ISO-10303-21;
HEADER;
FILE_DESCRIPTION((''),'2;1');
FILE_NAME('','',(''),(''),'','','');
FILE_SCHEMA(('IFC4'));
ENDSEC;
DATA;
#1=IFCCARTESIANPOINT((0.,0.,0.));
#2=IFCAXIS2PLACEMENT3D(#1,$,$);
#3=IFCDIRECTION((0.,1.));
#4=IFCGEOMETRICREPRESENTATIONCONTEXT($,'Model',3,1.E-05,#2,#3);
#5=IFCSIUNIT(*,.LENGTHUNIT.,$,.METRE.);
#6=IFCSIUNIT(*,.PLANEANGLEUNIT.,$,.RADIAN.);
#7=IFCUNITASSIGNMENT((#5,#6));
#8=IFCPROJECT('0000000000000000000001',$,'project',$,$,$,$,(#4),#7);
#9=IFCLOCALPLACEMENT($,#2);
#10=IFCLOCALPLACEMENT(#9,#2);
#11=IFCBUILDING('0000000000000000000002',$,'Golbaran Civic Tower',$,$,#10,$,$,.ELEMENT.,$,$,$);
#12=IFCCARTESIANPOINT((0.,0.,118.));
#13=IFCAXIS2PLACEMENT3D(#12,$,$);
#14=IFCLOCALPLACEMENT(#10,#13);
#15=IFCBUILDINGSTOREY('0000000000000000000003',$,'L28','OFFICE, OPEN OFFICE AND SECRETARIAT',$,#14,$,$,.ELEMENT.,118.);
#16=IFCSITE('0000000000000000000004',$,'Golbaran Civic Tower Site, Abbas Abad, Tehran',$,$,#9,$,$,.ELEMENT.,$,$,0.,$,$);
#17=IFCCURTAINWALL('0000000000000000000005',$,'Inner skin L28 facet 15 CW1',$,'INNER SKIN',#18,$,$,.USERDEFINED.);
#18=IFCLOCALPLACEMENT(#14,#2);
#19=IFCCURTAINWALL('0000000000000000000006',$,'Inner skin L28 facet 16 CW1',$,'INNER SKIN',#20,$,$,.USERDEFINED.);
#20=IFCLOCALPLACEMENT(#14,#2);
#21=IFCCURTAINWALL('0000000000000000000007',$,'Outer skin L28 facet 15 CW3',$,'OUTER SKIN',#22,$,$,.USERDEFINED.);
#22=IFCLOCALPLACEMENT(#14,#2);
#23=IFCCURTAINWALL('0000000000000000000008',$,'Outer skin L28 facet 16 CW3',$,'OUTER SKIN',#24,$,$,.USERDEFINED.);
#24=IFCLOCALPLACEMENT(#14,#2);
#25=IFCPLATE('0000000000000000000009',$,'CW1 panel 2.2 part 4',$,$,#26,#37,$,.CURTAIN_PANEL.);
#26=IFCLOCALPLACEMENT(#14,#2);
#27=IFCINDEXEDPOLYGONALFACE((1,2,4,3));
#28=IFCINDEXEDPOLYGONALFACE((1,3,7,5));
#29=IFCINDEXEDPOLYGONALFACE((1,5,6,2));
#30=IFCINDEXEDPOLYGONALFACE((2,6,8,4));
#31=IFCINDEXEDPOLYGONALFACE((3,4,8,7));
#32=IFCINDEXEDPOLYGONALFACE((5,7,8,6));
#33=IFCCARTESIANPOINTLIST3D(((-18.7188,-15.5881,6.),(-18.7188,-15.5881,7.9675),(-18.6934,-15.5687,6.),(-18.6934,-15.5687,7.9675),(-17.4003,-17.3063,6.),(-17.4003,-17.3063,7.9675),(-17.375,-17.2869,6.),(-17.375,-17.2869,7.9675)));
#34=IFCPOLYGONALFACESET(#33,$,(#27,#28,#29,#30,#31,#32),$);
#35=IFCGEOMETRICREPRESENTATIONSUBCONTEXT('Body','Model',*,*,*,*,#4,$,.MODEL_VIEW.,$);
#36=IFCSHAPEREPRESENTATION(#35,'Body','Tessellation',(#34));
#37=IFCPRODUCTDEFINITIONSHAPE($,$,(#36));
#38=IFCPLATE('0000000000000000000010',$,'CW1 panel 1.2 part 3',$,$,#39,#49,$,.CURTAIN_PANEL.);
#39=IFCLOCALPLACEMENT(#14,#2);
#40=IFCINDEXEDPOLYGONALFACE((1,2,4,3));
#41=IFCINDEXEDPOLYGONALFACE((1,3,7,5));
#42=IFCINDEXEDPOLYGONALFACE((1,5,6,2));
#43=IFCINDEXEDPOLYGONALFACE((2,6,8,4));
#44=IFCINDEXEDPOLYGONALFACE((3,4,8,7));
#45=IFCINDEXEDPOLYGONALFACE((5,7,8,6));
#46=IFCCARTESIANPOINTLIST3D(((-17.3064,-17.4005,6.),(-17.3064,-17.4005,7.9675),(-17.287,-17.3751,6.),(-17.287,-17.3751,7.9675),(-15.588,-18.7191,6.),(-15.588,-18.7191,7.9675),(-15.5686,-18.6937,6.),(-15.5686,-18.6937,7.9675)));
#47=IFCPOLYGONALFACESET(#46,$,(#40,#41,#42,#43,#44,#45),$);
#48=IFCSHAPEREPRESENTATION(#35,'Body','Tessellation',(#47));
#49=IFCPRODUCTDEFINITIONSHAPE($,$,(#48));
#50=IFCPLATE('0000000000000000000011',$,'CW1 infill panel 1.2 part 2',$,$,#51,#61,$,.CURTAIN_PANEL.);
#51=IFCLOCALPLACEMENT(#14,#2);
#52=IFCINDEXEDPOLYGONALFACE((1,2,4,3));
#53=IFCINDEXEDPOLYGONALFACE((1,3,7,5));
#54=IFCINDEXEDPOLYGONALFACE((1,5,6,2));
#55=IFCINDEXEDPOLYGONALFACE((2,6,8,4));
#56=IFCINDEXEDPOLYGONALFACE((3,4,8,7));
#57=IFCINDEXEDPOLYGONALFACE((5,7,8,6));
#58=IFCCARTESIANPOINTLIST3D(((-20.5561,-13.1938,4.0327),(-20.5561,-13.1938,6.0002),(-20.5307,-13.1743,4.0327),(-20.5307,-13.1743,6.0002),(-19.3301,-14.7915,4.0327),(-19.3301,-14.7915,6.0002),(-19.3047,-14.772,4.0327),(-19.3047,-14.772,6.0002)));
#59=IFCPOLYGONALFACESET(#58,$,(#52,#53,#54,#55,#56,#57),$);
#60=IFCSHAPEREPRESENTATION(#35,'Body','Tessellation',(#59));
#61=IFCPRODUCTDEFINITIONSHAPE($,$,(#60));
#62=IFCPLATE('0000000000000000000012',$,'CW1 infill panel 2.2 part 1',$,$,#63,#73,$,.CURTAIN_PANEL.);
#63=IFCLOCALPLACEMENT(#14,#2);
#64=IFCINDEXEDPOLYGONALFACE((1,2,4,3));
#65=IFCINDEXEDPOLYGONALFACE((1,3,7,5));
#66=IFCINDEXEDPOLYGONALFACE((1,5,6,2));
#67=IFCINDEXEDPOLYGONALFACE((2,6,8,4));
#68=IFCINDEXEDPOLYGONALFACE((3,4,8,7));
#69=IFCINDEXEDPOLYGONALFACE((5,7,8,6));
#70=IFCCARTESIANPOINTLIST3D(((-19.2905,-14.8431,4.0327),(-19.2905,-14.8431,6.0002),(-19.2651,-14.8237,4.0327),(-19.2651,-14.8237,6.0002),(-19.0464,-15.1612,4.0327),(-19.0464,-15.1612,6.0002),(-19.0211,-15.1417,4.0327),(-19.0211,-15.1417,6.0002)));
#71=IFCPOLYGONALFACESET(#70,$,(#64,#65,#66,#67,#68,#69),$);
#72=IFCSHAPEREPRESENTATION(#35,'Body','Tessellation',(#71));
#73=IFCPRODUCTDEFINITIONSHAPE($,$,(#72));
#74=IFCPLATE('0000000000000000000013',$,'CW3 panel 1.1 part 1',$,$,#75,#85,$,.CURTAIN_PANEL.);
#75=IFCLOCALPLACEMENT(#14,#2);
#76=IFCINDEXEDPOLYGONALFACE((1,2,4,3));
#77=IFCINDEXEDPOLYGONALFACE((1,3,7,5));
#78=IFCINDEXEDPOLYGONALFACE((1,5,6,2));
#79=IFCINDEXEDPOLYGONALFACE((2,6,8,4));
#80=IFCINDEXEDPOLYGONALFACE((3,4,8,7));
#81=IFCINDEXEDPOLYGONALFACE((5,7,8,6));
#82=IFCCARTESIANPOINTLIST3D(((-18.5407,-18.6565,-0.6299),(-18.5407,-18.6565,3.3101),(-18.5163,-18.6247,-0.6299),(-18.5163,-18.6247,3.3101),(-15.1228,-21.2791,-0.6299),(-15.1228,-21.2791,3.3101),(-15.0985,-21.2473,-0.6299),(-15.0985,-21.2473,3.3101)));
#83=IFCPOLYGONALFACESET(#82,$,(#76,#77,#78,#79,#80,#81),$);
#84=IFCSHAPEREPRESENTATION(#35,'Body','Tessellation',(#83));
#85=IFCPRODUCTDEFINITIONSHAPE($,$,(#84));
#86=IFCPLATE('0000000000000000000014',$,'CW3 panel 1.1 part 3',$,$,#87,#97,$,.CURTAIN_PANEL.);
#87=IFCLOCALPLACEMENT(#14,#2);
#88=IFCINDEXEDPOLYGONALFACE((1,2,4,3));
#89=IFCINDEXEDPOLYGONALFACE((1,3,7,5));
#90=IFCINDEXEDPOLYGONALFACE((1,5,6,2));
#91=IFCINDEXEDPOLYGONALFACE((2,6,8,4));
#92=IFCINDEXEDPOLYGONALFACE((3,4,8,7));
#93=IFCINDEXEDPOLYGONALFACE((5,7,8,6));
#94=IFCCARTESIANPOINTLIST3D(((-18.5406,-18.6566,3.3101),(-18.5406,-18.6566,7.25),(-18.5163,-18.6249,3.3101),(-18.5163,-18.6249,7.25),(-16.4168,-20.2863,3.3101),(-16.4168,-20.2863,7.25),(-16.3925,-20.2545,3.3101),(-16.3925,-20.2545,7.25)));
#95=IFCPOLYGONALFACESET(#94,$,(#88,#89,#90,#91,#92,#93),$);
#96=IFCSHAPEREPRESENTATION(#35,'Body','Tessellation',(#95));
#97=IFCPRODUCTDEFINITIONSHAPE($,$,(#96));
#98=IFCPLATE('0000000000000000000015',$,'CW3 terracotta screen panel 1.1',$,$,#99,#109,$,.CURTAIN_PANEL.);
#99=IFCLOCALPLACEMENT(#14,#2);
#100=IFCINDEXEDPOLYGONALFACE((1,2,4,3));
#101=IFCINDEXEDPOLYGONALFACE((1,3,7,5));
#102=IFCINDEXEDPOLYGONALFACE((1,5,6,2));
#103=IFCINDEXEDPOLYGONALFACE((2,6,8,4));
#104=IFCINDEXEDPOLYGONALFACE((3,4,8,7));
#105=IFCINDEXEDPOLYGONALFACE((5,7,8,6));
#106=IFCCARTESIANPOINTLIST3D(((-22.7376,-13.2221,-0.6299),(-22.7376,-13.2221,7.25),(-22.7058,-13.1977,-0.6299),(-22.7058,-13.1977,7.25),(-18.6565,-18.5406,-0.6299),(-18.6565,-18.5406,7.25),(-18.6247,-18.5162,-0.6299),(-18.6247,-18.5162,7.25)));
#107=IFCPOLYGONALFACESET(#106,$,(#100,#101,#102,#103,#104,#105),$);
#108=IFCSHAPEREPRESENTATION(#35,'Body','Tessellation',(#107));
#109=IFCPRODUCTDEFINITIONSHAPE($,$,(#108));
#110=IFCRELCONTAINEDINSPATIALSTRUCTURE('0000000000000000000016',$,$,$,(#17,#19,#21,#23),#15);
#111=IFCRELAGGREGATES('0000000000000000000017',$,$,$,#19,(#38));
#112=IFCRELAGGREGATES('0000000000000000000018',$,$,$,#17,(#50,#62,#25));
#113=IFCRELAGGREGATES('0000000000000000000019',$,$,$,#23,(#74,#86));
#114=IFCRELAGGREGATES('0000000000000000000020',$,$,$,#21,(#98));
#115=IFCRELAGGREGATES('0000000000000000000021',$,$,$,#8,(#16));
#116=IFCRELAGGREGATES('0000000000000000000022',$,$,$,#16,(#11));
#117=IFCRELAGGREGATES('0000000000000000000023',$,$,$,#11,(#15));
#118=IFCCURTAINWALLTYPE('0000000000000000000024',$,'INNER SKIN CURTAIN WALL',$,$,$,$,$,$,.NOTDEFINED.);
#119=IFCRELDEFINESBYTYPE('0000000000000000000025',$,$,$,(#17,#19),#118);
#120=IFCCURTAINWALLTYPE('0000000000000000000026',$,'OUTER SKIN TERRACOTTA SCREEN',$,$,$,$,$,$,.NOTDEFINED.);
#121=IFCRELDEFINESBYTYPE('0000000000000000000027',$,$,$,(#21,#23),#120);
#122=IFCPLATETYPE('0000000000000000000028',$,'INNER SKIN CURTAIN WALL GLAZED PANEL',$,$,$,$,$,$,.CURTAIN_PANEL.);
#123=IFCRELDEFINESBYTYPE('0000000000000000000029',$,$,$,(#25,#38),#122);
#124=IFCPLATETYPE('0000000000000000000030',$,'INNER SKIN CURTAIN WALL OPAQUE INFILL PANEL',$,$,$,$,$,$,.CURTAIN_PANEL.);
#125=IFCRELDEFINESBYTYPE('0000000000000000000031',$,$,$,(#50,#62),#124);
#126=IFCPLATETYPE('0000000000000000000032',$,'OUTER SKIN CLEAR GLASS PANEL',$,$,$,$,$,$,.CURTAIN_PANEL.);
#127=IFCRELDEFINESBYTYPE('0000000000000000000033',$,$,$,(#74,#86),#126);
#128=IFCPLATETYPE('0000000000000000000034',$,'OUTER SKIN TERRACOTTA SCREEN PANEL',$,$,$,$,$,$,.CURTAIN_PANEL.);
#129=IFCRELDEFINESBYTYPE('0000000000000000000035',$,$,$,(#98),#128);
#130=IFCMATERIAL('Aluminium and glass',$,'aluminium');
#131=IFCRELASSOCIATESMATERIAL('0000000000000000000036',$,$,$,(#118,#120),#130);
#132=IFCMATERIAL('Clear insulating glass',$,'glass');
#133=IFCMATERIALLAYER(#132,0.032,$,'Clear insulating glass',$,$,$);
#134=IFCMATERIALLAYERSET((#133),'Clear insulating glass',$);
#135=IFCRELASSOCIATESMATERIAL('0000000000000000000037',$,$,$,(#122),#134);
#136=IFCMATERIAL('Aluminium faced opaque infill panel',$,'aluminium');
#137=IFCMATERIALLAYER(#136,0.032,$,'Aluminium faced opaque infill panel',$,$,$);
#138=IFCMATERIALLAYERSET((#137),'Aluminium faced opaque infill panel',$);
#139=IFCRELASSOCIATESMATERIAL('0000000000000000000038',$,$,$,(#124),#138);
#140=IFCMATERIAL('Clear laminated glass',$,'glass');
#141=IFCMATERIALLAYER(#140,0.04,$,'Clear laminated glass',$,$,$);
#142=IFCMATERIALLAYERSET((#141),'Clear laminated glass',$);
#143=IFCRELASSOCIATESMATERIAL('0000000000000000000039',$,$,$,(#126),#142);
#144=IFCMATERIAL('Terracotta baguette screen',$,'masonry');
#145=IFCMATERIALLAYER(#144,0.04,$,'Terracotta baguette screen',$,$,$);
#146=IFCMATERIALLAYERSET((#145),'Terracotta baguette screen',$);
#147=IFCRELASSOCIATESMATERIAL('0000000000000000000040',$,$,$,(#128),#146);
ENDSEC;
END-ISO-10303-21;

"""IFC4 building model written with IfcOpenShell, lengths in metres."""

from ifc_helpers import new_model, si_unit, direction, frame, origin, origin_2d, place, context, subcontext, project, spatial, rectangle, extrude, material, layer, layer_set, type_object, element, aggregate, save


model = new_model("IFC4")

# Units and contexts
model_context = context("Model", 3, precision=1e-05, world=origin(), true_north=direction((0.0, 1.0)))
body_context = subcontext(model_context, "Body", "Model", "MODEL_VIEW")
ifc_project = project(units=[si_unit("LENGTHUNIT", "METRE"), si_unit("PLANEANGLEUNIT", "RADIAN")], contexts=[model_context])

# Site, building, storey
site_placement = place(None, origin())
site = spatial("IfcSite", under=ifc_project, at=site_placement, Name="Golbaran Civic Tower Site, Abbas Abad, Tehran", CompositionType="ELEMENT", RefElevation=0.0)
building_placement = place(site_placement, origin())
building = spatial("IfcBuilding", under=site, at=building_placement, Name="Golbaran Civic Tower", CompositionType="ELEMENT")
storey_placement = place(building_placement, frame((0.0, 0.0, 118.0)))
storey = spatial("IfcBuildingStorey", under=building, at=storey_placement, Name="L28", Description="OFFICE, OPEN OFFICE AND SECRETARIAT", CompositionType="ELEMENT", Elevation=118.0)

# Curtain wall
ifc_material_1 = material(Name="Aluminium and glass", Category="aluminium")
curtain_wall_type_1 = type_object("IfcCurtainWallType", Name="INNER SKIN CURTAIN WALL", PredefinedType="NOTDEFINED", material=ifc_material_1)
curtain_wall_1_placement = place(storey_placement, origin())
curtain_wall_1 = element("IfcCurtainWall", 1, at=curtain_wall_1_placement, inside=storey, type_object=curtain_wall_type_1, Name="Inner skin L28 facet 15 CW1", ObjectType="INNER SKIN", PredefinedType="USERDEFINED")

# Curtain wall
curtain_wall_2_placement = place(storey_placement, origin())
curtain_wall_2 = element("IfcCurtainWall", 2, at=curtain_wall_2_placement, inside=storey, type_object=curtain_wall_type_1, Name="Inner skin L28 facet 16 CW1", ObjectType="INNER SKIN", PredefinedType="USERDEFINED")

# Curtain wall
curtain_wall_type_2 = type_object("IfcCurtainWallType", Name="OUTER SKIN TERRACOTTA SCREEN", PredefinedType="NOTDEFINED", material=ifc_material_1)
curtain_wall_3_placement = place(storey_placement, origin())
curtain_wall_3 = element("IfcCurtainWall", 3, at=curtain_wall_3_placement, inside=storey, type_object=curtain_wall_type_2, Name="Outer skin L28 facet 15 CW3", ObjectType="OUTER SKIN", PredefinedType="USERDEFINED")

# Curtain wall
curtain_wall_4_placement = place(storey_placement, origin())
curtain_wall_4 = element("IfcCurtainWall", 4, at=curtain_wall_4_placement, inside=storey, type_object=curtain_wall_type_2, Name="Outer skin L28 facet 16 CW3", ObjectType="OUTER SKIN", PredefinedType="USERDEFINED")

# Plates
ifc_material_2 = material(Name="Clear insulating glass", Category="glass")
ifc_layer_1 = layer(ifc_material_2, 0.032, Name="Clear insulating glass")
ifc_layer_set_1 = layer_set([ifc_layer_1], Name="Clear insulating glass")
plate_type_1 = type_object("IfcPlateType", Name="INNER SKIN CURTAIN WALL GLAZED PANEL", PredefinedType="CURTAIN_PANEL", material=ifc_layer_set_1)
plate_1_placement = place(storey_placement, frame((-18.0469, -16.4375, 6.0), z_axis=(0.0, 0.0, 1.0), x_axis=(0.608761, -0.793353, 0.0)))
plate_1 = element("IfcPlate", 5, at=plate_1_placement, type_object=plate_type_1, Name="CW1 panel 2.2 part 4", PredefinedType="CURTAIN_PANEL", context=body_context, shape_type="SweptSolid", body=[
    extrude(rectangle(XDim=2.1658, YDim=0.032, at=origin_2d()), origin(), (0.0, 0.0, 1.0), 1.9675),
])
plate_2_placement = place(storey_placement, frame((-16.4375, -18.0471, 6.0), z_axis=(0.0, 0.0, 1.0), x_axis=(0.793353, -0.608761, 0.0)))
plate_2 = element("IfcPlate", 6, at=plate_2_placement, type_object=plate_type_1, Name="CW1 panel 1.2 part 3", PredefinedType="CURTAIN_PANEL", context=body_context, shape_type="SweptSolid", body=[
    extrude(rectangle(XDim=2.166, YDim=0.032, at=origin_2d()), origin(), (0.0, 0.0, 1.0), 1.9675),
])
aggregate(curtain_wall_2, [plate_2])
ifc_material_3 = material(Name="Aluminium faced opaque infill panel", Category="aluminium")
ifc_layer_2 = layer(ifc_material_3, 0.032, Name="Aluminium faced opaque infill panel")
ifc_layer_set_2 = layer_set([ifc_layer_2], Name="Aluminium faced opaque infill panel")
plate_type_2 = type_object("IfcPlateType", Name="INNER SKIN CURTAIN WALL OPAQUE INFILL PANEL", PredefinedType="CURTAIN_PANEL", material=ifc_layer_set_2)
plate_3_placement = place(storey_placement, frame((-19.9304, -13.9829, 4.0327), z_axis=(0.0, 0.0, 1.0), x_axis=(0.608761, -0.793353, 0.0)))
plate_3 = element("IfcPlate", 7, at=plate_3_placement, type_object=plate_type_2, Name="CW1 infill panel 1.2 part 2", PredefinedType="CURTAIN_PANEL", context=body_context, shape_type="SweptSolid", body=[
    extrude(rectangle(XDim=2.0139, YDim=0.032, at=origin_2d()), origin(), (0.0, 0.0, 1.0), 1.9675),
])
plate_4_placement = place(storey_placement, frame((-19.1558, -14.9924, 4.0327), z_axis=(0.0, 0.0, 1.0), x_axis=(0.608761, -0.793353, 0.0)))
plate_4 = element("IfcPlate", 8, at=plate_4_placement, type_object=plate_type_2, Name="CW1 infill panel 2.2 part 1", PredefinedType="CURTAIN_PANEL", context=body_context, shape_type="SweptSolid", body=[
    extrude(rectangle(XDim=0.4009, YDim=0.032, at=origin_2d()), origin(), (0.0, 0.0, 1.0), 1.9675),
])
aggregate(curtain_wall_1, [plate_3, plate_4, plate_1])
ifc_material_4 = material(Name="Clear laminated glass", Category="glass")
ifc_layer_3 = layer(ifc_material_4, 0.04, Name="Clear laminated glass")
ifc_layer_set_3 = layer_set([ifc_layer_3], Name="Clear laminated glass")
plate_type_3 = type_object("IfcPlateType", Name="OUTER SKIN CLEAR GLASS PANEL", PredefinedType="CURTAIN_PANEL", material=ifc_layer_set_3)
plate_5_placement = place(storey_placement, frame((-16.8196, -19.9519, -0.6299), z_axis=(0.0, 0.0, 1.0), x_axis=(0.793353, -0.608761, 0.0)))
plate_5 = element("IfcPlate", 9, at=plate_5_placement, type_object=plate_type_3, Name="CW3 panel 1.1 part 1", PredefinedType="CURTAIN_PANEL", context=body_context, shape_type="SweptSolid", body=[
    extrude(rectangle(XDim=4.3081, YDim=0.04, at=origin_2d()), origin(), (0.0, 0.0, 1.0), 3.9399),
])
plate_6_placement = place(storey_placement, frame((-17.4666, -19.4556, 3.3101), z_axis=(0.0, 0.0, 1.0), x_axis=(0.793353, -0.608761, 0.0)))
plate_6 = element("IfcPlate", 10, at=plate_6_placement, type_object=plate_type_3, Name="CW3 panel 1.1 part 3", PredefinedType="CURTAIN_PANEL", context=body_context, shape_type="SweptSolid", body=[
    extrude(rectangle(XDim=2.677, YDim=0.04, at=origin_2d()), origin(), (0.0, 0.0, 1.0), 3.9399),
])
aggregate(curtain_wall_4, [plate_5, plate_6])
ifc_material_5 = material(Name="Terracotta baguette screen", Category="masonry")
ifc_layer_4 = layer(ifc_material_5, 0.04, Name="Terracotta baguette screen")
ifc_layer_set_4 = layer_set([ifc_layer_4], Name="Terracotta baguette screen")
plate_type_4 = type_object("IfcPlateType", Name="OUTER SKIN TERRACOTTA SCREEN PANEL", PredefinedType="CURTAIN_PANEL", material=ifc_layer_set_4)
plate_7_placement = place(storey_placement, frame((-20.6812, -15.8691, -0.6299), z_axis=(0.0, 0.0, 1.0), x_axis=(0.608761, -0.793353, 0.0)))
plate_7 = element("IfcPlate", 11, at=plate_7_placement, type_object=plate_type_4, Name="CW3 terracotta screen panel 1.1", PredefinedType="CURTAIN_PANEL", context=body_context, shape_type="SweptSolid", body=[
    extrude(rectangle(XDim=6.7039, YDim=0.04, at=origin_2d()), origin(), (0.0, 0.0, 1.0), 7.8799),
])
aggregate(curtain_wall_3, [plate_7])

save(model, "model.ifc")
